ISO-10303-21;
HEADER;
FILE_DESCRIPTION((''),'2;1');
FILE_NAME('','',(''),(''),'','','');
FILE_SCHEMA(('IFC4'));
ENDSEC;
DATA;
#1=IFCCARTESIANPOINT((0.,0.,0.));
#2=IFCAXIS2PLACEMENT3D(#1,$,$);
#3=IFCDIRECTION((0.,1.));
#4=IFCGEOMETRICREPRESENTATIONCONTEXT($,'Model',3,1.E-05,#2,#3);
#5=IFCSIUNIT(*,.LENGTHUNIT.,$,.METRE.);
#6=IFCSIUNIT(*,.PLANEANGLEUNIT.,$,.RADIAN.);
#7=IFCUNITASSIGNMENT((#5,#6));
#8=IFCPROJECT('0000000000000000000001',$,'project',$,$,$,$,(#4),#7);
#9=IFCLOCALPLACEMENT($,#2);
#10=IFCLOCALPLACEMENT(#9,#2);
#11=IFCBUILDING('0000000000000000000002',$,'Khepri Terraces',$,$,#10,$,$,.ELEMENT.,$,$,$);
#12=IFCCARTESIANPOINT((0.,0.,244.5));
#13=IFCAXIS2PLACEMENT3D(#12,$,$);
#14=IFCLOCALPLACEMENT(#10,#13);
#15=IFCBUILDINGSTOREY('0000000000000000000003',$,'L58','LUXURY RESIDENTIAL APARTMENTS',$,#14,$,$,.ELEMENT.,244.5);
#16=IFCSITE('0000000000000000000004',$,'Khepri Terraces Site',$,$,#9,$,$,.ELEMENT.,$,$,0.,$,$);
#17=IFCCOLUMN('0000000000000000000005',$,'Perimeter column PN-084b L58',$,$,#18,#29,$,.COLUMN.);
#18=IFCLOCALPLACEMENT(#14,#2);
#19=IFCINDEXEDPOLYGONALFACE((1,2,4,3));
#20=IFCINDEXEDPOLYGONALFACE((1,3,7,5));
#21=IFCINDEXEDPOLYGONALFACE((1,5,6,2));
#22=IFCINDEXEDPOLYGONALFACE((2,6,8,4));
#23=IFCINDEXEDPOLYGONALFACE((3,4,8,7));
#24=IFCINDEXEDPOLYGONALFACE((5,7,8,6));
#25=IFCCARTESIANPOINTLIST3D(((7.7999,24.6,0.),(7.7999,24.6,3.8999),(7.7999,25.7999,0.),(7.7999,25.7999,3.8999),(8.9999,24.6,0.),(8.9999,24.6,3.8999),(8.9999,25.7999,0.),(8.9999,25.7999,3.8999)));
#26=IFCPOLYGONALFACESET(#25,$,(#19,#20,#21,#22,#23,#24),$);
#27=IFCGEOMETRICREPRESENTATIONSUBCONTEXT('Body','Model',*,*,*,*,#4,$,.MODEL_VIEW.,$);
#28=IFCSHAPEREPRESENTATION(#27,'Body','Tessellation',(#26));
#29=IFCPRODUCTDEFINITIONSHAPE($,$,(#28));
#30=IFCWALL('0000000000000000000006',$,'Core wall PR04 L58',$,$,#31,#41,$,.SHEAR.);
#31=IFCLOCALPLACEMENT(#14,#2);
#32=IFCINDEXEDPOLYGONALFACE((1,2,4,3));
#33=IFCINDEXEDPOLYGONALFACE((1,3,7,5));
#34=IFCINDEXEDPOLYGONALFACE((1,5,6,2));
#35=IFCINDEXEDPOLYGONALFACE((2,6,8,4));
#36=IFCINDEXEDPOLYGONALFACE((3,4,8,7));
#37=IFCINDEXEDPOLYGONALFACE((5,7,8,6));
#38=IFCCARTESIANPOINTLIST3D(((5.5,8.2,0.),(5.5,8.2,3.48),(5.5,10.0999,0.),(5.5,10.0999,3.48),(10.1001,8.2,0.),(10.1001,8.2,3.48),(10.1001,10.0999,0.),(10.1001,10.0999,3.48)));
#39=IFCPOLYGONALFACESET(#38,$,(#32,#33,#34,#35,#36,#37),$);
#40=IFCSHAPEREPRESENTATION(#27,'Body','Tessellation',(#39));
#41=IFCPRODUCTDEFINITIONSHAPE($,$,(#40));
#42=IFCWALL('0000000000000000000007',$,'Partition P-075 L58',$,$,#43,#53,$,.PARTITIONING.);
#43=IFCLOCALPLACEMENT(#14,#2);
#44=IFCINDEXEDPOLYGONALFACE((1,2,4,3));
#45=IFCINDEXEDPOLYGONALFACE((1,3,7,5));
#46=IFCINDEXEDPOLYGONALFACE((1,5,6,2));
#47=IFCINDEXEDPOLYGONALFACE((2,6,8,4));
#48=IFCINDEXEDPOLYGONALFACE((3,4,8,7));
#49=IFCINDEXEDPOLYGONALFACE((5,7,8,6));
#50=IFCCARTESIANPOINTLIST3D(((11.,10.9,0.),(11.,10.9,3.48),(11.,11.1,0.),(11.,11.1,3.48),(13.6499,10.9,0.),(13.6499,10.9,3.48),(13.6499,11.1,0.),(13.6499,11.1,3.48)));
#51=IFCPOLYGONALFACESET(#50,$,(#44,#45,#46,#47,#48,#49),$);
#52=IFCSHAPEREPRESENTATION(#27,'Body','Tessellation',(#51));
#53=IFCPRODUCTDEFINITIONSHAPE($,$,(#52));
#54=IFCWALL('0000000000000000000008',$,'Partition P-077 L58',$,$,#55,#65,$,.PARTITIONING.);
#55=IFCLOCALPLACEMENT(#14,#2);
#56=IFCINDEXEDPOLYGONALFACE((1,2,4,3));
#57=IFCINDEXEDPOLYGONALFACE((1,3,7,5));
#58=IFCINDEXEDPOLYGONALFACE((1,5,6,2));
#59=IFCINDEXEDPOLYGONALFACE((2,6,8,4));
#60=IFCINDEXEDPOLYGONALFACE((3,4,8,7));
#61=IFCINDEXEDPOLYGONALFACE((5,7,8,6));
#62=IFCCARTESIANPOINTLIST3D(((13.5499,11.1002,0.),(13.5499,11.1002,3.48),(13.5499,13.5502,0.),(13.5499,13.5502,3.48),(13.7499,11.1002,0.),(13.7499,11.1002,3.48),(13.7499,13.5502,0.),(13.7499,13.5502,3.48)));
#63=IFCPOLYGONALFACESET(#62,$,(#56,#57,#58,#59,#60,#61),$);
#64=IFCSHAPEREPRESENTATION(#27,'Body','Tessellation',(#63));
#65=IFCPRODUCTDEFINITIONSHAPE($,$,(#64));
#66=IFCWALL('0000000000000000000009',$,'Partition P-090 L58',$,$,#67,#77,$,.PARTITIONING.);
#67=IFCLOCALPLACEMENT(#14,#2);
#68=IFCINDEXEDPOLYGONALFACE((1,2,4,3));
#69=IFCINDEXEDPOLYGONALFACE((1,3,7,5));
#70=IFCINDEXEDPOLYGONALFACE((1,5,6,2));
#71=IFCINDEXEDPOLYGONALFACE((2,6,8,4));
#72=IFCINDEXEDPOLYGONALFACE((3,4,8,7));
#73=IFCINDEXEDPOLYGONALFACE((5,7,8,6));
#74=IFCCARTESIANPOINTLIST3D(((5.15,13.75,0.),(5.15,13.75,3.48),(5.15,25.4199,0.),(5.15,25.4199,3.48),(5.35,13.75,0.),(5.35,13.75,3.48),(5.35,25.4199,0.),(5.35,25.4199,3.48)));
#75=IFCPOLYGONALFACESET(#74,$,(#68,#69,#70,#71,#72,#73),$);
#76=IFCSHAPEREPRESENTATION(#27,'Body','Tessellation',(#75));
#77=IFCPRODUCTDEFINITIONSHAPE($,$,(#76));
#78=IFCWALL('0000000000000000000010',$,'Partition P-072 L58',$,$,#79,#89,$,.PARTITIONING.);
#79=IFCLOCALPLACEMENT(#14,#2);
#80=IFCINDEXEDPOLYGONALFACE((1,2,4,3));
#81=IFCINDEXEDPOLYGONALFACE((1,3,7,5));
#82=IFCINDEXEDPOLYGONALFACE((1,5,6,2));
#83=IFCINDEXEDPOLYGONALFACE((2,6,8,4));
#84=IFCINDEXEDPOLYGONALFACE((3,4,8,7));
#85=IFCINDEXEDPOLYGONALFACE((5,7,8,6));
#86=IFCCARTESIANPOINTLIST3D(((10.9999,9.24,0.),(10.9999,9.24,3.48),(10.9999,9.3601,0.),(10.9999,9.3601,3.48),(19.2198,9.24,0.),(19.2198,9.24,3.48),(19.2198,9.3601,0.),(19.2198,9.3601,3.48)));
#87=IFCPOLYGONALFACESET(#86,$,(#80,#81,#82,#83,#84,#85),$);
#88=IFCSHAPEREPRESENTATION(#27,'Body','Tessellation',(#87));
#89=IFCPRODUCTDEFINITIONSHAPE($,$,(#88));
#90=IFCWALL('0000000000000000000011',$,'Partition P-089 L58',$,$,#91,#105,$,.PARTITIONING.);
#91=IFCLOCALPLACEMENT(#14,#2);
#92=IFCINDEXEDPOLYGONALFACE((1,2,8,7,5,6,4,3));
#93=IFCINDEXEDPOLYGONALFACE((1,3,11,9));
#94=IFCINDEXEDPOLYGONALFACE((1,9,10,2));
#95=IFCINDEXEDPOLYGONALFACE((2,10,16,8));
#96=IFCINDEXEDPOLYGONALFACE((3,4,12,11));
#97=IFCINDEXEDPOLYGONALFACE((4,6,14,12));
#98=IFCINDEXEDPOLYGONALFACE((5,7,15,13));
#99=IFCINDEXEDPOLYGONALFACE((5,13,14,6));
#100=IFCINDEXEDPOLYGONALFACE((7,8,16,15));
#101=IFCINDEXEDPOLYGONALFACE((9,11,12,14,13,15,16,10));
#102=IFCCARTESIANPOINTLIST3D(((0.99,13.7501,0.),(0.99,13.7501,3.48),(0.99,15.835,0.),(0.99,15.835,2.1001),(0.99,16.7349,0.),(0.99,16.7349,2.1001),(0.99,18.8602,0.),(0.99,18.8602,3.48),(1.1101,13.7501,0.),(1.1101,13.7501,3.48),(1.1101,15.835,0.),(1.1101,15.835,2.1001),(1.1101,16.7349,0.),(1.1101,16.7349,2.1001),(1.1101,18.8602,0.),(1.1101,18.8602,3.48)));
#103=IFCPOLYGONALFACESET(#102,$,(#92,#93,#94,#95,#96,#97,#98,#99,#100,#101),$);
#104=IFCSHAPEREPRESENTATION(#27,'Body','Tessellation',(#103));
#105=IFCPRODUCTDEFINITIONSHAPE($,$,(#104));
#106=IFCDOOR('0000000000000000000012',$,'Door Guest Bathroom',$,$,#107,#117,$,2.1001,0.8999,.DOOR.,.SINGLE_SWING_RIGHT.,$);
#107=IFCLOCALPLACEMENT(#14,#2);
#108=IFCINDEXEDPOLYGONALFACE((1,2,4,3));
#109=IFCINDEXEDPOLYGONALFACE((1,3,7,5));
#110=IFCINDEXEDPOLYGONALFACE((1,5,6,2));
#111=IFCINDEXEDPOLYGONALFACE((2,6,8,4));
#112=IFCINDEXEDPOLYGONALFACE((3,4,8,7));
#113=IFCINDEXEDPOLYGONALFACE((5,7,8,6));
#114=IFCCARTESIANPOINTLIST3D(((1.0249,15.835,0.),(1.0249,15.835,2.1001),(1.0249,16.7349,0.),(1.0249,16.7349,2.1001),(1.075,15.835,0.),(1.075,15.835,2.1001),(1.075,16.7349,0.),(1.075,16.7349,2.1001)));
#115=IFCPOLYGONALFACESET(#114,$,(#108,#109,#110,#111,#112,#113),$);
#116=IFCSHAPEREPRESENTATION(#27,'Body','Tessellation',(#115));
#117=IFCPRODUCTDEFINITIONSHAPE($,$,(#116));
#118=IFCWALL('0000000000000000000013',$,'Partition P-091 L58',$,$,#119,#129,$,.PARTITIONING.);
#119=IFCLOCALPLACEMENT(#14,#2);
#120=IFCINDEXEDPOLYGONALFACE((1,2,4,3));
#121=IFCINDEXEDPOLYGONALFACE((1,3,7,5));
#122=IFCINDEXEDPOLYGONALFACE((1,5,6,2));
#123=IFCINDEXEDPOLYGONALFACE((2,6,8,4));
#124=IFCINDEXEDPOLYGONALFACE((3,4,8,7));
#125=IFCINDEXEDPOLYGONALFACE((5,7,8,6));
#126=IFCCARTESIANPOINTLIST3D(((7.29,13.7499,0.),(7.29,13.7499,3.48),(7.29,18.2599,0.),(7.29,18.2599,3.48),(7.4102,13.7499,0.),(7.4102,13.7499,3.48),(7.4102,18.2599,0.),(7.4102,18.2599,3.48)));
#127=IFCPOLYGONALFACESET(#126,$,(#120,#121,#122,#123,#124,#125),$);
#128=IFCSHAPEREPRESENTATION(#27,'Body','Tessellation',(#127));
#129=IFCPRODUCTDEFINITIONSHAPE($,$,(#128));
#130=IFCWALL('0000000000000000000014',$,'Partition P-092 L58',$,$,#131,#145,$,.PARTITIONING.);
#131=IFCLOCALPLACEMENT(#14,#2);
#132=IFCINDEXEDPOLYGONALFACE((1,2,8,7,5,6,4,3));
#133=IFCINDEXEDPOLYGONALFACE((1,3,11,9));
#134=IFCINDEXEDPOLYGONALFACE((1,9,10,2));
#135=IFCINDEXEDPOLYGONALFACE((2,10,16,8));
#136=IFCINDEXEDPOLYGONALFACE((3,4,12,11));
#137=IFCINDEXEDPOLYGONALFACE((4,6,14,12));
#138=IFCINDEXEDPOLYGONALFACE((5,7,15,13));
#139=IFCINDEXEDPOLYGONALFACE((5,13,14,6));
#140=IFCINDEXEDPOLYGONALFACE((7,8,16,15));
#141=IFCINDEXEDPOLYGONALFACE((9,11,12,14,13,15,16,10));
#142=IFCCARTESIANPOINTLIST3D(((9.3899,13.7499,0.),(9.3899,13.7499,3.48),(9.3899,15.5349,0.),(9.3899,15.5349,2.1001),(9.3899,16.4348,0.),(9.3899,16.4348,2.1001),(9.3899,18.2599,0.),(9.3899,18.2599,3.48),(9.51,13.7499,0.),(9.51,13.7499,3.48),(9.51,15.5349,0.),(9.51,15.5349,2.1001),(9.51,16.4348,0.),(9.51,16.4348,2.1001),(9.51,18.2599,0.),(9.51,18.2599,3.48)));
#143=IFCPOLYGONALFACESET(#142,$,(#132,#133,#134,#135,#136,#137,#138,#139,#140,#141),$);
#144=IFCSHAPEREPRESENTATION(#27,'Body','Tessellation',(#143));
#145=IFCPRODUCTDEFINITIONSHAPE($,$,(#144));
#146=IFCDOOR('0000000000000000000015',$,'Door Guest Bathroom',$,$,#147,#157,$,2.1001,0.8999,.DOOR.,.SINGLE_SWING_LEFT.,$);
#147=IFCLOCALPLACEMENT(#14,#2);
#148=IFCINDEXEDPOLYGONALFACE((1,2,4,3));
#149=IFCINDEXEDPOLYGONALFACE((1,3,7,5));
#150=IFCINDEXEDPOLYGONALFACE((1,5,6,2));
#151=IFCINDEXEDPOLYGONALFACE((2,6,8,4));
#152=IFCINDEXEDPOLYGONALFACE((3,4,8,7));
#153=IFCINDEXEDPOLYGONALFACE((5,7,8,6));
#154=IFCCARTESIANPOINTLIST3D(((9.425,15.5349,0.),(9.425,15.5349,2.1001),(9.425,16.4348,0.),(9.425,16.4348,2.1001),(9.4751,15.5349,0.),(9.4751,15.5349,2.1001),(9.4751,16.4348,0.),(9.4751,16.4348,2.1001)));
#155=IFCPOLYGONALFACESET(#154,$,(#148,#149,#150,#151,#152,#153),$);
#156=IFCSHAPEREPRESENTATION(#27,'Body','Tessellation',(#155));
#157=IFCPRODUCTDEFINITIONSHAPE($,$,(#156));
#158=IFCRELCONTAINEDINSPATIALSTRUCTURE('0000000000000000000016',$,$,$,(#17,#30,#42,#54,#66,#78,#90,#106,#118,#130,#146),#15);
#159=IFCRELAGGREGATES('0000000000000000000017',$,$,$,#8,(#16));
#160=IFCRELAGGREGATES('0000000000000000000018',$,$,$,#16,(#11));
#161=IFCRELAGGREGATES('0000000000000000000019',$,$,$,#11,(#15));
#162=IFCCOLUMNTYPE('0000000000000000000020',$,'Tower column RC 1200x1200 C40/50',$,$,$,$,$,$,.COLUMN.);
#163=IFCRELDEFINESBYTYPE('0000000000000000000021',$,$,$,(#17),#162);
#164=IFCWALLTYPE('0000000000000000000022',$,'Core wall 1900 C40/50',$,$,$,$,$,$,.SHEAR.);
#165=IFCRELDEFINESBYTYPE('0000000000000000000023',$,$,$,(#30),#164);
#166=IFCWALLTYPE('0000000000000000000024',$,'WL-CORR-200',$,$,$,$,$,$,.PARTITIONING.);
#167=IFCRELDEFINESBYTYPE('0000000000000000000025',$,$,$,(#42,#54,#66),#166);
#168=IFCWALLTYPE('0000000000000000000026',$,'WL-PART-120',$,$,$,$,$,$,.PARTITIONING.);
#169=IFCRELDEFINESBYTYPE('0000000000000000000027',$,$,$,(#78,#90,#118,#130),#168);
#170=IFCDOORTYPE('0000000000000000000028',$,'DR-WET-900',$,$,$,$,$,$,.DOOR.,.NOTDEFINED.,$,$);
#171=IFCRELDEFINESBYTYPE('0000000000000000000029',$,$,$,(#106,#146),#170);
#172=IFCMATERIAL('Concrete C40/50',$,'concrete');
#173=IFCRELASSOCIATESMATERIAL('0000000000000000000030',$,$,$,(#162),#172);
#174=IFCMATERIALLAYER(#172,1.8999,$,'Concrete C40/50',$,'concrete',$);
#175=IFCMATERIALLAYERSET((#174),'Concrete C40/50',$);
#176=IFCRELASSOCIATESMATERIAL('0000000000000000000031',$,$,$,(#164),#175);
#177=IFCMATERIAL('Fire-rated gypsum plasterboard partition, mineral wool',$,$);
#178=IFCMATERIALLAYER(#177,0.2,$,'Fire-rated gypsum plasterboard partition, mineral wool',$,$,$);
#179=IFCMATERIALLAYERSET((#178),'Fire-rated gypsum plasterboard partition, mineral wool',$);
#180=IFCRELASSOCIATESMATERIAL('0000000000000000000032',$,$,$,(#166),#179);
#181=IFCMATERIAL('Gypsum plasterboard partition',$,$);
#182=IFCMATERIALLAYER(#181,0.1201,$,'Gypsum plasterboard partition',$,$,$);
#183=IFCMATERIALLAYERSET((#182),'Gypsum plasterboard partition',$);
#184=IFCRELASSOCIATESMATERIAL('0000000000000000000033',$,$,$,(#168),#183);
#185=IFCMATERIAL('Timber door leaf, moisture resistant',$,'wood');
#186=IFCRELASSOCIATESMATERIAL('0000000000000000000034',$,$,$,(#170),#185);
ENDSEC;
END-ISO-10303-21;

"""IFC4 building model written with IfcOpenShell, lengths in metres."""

from ifc_helpers import new_model, si_unit, direction, frame, frame_2d, origin, origin_2d, place, context, subcontext, project, spatial, rectangle, extrude, material, layer, layer_set, material_profile, profile_set, type_object, element, fill, save


model = new_model("IFC4")

# Units and contexts
model_context = context("Model", 3, precision=1e-05, world=origin(), true_north=direction((0.0, 1.0)))
body_context = subcontext(model_context, "Body", "Model", "MODEL_VIEW")
ifc_project = project(units=[si_unit("LENGTHUNIT", "METRE"), si_unit("PLANEANGLEUNIT", "RADIAN")], contexts=[model_context])

# Site, building, storey
site_placement = place(None, origin())
site = spatial("IfcSite", under=ifc_project, at=site_placement, Name="Khepri Terraces Site", CompositionType="ELEMENT", RefElevation=0.0)
building_placement = place(site_placement, origin())
building = spatial("IfcBuilding", under=site, at=building_placement, Name="Khepri Terraces", CompositionType="ELEMENT")
storey_placement = place(building_placement, frame((0.0, 0.0, 244.5)))
storey = spatial("IfcBuildingStorey", under=building, at=storey_placement, Name="L58", Description="LUXURY RESIDENTIAL APARTMENTS", CompositionType="ELEMENT", Elevation=244.5)

# Column
ifc_material_1 = material(Name="Concrete C40/50", Category="concrete")
ifc_material_profile = material_profile(ifc_material_1, rectangle(XDim=1.2, YDim=1.2, at=origin_2d()), Name="Concrete C40/50", Category="concrete")
ifc_profile_set = profile_set([ifc_material_profile], Name="Concrete C40/50")
column_type = type_object("IfcColumnType", Name="Tower column RC 1200x1200 C40/50", PredefinedType="COLUMN", material=ifc_profile_set)
column_placement = place(storey_placement, frame((8.3999, 25.2, 0.0), z_axis=(0.0, 0.0, 1.0), x_axis=(1.0, 0.0, 0.0)))
element("IfcColumn", 1, at=column_placement, inside=storey, type_object=column_type, Name="Perimeter column PN-084b L58", PredefinedType="COLUMN", context=body_context, shape_type="SweptSolid", body=[
    extrude(rectangle(XDim=1.2, YDim=1.2, at=origin_2d()), origin(), (0.0, 0.0, 1.0), 3.8999),
])

# Walls
ifc_layer_1 = layer(ifc_material_1, 1.8999, Name="Concrete C40/50", Category="concrete")
ifc_layer_set_1 = layer_set([ifc_layer_1], Name="Concrete C40/50")
wall_type_1 = type_object("IfcWallType", Name="Core wall 1900 C40/50", PredefinedType="SHEAR", material=ifc_layer_set_1)
wall_1_placement = place(storey_placement, frame((5.5, 9.1499, 0.0), z_axis=(0.0, 0.0, 1.0), x_axis=(1.0, 0.0, 0.0)))
element("IfcWall", 2, at=wall_1_placement, inside=storey, type_object=wall_type_1, Name="Core wall PR04 L58", PredefinedType="SHEAR", context=body_context, shape_type="SweptSolid", body=[
    extrude(rectangle(XDim=4.6001, YDim=1.8999, at=frame_2d((2.3, 0.0))), origin(), (0.0, 0.0, 1.0), 3.48),
])
ifc_material_2 = material(Name="Fire-rated gypsum plasterboard partition, mineral wool")
ifc_layer_2 = layer(ifc_material_2, 0.2, Name="Fire-rated gypsum plasterboard partition, mineral wool")
ifc_layer_set_2 = layer_set([ifc_layer_2], Name="Fire-rated gypsum plasterboard partition, mineral wool")
wall_type_2 = type_object("IfcWallType", Name="WL-CORR-200", PredefinedType="PARTITIONING", material=ifc_layer_set_2)
wall_2_placement = place(storey_placement, frame((11.0, 11.0, 0.0), z_axis=(0.0, 0.0, 1.0), x_axis=(1.0, 0.0, 0.0)))
element("IfcWall", 3, at=wall_2_placement, inside=storey, type_object=wall_type_2, Name="Partition P-075 L58", PredefinedType="PARTITIONING", context=body_context, shape_type="SweptSolid", body=[
    extrude(rectangle(XDim=2.6499, YDim=0.2, at=frame_2d((1.325, 0.0))), origin(), (0.0, 0.0, 1.0), 3.48),
])
wall_3_placement = place(storey_placement, frame((13.6499, 11.1001, 0.0), z_axis=(0.0, 0.0, 1.0), x_axis=(0.0, 1.0, 0.0)))
element("IfcWall", 4, at=wall_3_placement, inside=storey, type_object=wall_type_2, Name="Partition P-077 L58", PredefinedType="PARTITIONING", context=body_context, shape_type="SweptSolid", body=[
    extrude(rectangle(XDim=2.45, YDim=0.2, at=frame_2d((1.2251, 0.0))), origin(), (0.0, 0.0, 1.0), 3.48),
])
wall_4_placement = place(storey_placement, frame((5.25, 13.75, 0.0), z_axis=(0.0, 0.0, 1.0), x_axis=(0.0, 1.0, 0.0)))
element("IfcWall", 5, at=wall_4_placement, inside=storey, type_object=wall_type_2, Name="Partition P-090 L58", PredefinedType="PARTITIONING", context=body_context, shape_type="SweptSolid", body=[
    extrude(rectangle(XDim=11.6699, YDim=0.2, at=frame_2d((5.835, 0.0))), origin(), (0.0, 0.0, 1.0), 3.48),
])

# Wall
ifc_material_3 = material(Name="Gypsum plasterboard partition")
ifc_layer_3 = layer(ifc_material_3, 0.1201, Name="Gypsum plasterboard partition")
ifc_layer_set_3 = layer_set([ifc_layer_3], Name="Gypsum plasterboard partition")
wall_type_3 = type_object("IfcWallType", Name="WL-PART-120", PredefinedType="PARTITIONING", material=ifc_layer_set_3)
wall_5_placement = place(storey_placement, frame((11.0, 9.3, 0.0), z_axis=(0.0, 0.0, 1.0), x_axis=(1.0, 0.0, 0.0)))
element("IfcWall", 6, at=wall_5_placement, inside=storey, type_object=wall_type_3, Name="Partition P-072 L58", PredefinedType="PARTITIONING", context=body_context, shape_type="SweptSolid", body=[
    extrude(rectangle(XDim=8.22, YDim=0.1201, at=frame_2d((4.1099, 0.0))), origin(), (0.0, 0.0, 1.0), 3.48),
])

# Wall, opening, door
wall_6_placement = place(storey_placement, frame((1.05, 13.75, 0.0), z_axis=(0.0, 0.0, 1.0), x_axis=(0.0, 1.0, 0.0)))
wall_6 = element("IfcWall", 7, at=wall_6_placement, inside=storey, type_object=wall_type_3, Name="Partition P-089 L58", PredefinedType="PARTITIONING", context=body_context, shape_type="SweptSolid", body=[
    extrude(rectangle(XDim=5.1101, YDim=0.1201, at=frame_2d((2.5552, 0.0))), origin(), (0.0, 0.0, 1.0), 3.48),
])
opening_1_placement = place(wall_6_placement, frame((2.085, 0.0, 0.0)))
opening_1 = element("IfcOpeningElement", 8, at=opening_1_placement, cuts=wall_6, PredefinedType="OPENING", context=body_context, shape_type="SweptSolid", body=[
    extrude(rectangle(XDim=0.8999, YDim=2.1001, at=frame_2d((0.45, 1.05))), frame((0.0, 0.0701, 0.0), z_axis=(0.0, -1.0, 0.0), x_axis=(1.0, 0.0, 0.0)), (0.0, 0.0, 1.0), 0.1401),
])
ifc_material_4 = material(Name="Timber door leaf, moisture resistant", Category="wood")
door_type_1 = type_object("IfcDoorType", Name="DR-WET-900", OperationType="NOTDEFINED", PredefinedType="DOOR", material=ifc_material_4)
door_1_placement = place(opening_1_placement, frame((0.8999, 0.0, 0.0), z_axis=(0.0, 0.0, 1.0), x_axis=(-1.0, 0.0, 0.0)))
door_1 = element("IfcDoor", 9, at=door_1_placement, inside=storey, type_object=door_type_1, Name="Door Guest Bathroom", OperationType="SINGLE_SWING_RIGHT", OverallHeight=2.1001, OverallWidth=0.8999, PredefinedType="DOOR", context=body_context, shape_type="SweptSolid", body=[
    extrude(rectangle(XDim=0.8999, YDim=2.1001, at=frame_2d((0.45, 1.05))), frame((0.0, 0.0249, 0.0), z_axis=(0.0, -1.0, 0.0), x_axis=(1.0, 0.0, 0.0)), (0.0, 0.0, 1.0), 0.05),
])
fill(opening_1, door_1)

# Wall
wall_7_placement = place(storey_placement, frame((7.3501, 13.75, 0.0), z_axis=(0.0, 0.0, 1.0), x_axis=(0.0, 1.0, 0.0)))
element("IfcWall", 10, at=wall_7_placement, inside=storey, type_object=wall_type_3, Name="Partition P-091 L58", PredefinedType="PARTITIONING", context=body_context, shape_type="SweptSolid", body=[
    extrude(rectangle(XDim=4.51, YDim=0.1201, at=frame_2d((2.2549, 0.0))), origin(), (0.0, 0.0, 1.0), 3.48),
])

# Wall, opening, door
wall_8_placement = place(storey_placement, frame((9.45, 13.75, 0.0), z_axis=(0.0, 0.0, 1.0), x_axis=(0.0, 1.0, 0.0)))
wall_8 = element("IfcWall", 11, at=wall_8_placement, inside=storey, type_object=wall_type_3, Name="Partition P-092 L58", PredefinedType="PARTITIONING", context=body_context, shape_type="SweptSolid", body=[
    extrude(rectangle(XDim=4.51, YDim=0.1201, at=frame_2d((2.2549, 0.0))), origin(), (0.0, 0.0, 1.0), 3.48),
])
opening_2_placement = place(wall_8_placement, frame((1.7849, 0.0, 0.0)))
opening_2 = element("IfcOpeningElement", 12, at=opening_2_placement, cuts=wall_8, PredefinedType="OPENING", context=body_context, shape_type="SweptSolid", body=[
    extrude(rectangle(XDim=0.8999, YDim=2.1001, at=frame_2d((0.45, 1.05))), frame((0.0, 0.0701, 0.0), z_axis=(0.0, -1.0, 0.0), x_axis=(1.0, 0.0, 0.0)), (0.0, 0.0, 1.0), 0.1401),
])
door_2_placement = place(opening_2_placement, origin())
door_2 = element("IfcDoor", 13, at=door_2_placement, inside=storey, type_object=door_type_1, Name="Door Guest Bathroom", OperationType="SINGLE_SWING_LEFT", OverallHeight=2.1001, OverallWidth=0.8999, PredefinedType="DOOR", context=body_context, shape_type="SweptSolid", body=[
    extrude(rectangle(XDim=0.8999, YDim=2.1001, at=frame_2d((0.45, 1.05))), frame((0.0, 0.0249, 0.0), z_axis=(0.0, -1.0, 0.0), x_axis=(1.0, 0.0, 0.0)), (0.0, 0.0, 1.0), 0.05),
])
fill(opening_2, door_2)

save(model, "model.ifc")
